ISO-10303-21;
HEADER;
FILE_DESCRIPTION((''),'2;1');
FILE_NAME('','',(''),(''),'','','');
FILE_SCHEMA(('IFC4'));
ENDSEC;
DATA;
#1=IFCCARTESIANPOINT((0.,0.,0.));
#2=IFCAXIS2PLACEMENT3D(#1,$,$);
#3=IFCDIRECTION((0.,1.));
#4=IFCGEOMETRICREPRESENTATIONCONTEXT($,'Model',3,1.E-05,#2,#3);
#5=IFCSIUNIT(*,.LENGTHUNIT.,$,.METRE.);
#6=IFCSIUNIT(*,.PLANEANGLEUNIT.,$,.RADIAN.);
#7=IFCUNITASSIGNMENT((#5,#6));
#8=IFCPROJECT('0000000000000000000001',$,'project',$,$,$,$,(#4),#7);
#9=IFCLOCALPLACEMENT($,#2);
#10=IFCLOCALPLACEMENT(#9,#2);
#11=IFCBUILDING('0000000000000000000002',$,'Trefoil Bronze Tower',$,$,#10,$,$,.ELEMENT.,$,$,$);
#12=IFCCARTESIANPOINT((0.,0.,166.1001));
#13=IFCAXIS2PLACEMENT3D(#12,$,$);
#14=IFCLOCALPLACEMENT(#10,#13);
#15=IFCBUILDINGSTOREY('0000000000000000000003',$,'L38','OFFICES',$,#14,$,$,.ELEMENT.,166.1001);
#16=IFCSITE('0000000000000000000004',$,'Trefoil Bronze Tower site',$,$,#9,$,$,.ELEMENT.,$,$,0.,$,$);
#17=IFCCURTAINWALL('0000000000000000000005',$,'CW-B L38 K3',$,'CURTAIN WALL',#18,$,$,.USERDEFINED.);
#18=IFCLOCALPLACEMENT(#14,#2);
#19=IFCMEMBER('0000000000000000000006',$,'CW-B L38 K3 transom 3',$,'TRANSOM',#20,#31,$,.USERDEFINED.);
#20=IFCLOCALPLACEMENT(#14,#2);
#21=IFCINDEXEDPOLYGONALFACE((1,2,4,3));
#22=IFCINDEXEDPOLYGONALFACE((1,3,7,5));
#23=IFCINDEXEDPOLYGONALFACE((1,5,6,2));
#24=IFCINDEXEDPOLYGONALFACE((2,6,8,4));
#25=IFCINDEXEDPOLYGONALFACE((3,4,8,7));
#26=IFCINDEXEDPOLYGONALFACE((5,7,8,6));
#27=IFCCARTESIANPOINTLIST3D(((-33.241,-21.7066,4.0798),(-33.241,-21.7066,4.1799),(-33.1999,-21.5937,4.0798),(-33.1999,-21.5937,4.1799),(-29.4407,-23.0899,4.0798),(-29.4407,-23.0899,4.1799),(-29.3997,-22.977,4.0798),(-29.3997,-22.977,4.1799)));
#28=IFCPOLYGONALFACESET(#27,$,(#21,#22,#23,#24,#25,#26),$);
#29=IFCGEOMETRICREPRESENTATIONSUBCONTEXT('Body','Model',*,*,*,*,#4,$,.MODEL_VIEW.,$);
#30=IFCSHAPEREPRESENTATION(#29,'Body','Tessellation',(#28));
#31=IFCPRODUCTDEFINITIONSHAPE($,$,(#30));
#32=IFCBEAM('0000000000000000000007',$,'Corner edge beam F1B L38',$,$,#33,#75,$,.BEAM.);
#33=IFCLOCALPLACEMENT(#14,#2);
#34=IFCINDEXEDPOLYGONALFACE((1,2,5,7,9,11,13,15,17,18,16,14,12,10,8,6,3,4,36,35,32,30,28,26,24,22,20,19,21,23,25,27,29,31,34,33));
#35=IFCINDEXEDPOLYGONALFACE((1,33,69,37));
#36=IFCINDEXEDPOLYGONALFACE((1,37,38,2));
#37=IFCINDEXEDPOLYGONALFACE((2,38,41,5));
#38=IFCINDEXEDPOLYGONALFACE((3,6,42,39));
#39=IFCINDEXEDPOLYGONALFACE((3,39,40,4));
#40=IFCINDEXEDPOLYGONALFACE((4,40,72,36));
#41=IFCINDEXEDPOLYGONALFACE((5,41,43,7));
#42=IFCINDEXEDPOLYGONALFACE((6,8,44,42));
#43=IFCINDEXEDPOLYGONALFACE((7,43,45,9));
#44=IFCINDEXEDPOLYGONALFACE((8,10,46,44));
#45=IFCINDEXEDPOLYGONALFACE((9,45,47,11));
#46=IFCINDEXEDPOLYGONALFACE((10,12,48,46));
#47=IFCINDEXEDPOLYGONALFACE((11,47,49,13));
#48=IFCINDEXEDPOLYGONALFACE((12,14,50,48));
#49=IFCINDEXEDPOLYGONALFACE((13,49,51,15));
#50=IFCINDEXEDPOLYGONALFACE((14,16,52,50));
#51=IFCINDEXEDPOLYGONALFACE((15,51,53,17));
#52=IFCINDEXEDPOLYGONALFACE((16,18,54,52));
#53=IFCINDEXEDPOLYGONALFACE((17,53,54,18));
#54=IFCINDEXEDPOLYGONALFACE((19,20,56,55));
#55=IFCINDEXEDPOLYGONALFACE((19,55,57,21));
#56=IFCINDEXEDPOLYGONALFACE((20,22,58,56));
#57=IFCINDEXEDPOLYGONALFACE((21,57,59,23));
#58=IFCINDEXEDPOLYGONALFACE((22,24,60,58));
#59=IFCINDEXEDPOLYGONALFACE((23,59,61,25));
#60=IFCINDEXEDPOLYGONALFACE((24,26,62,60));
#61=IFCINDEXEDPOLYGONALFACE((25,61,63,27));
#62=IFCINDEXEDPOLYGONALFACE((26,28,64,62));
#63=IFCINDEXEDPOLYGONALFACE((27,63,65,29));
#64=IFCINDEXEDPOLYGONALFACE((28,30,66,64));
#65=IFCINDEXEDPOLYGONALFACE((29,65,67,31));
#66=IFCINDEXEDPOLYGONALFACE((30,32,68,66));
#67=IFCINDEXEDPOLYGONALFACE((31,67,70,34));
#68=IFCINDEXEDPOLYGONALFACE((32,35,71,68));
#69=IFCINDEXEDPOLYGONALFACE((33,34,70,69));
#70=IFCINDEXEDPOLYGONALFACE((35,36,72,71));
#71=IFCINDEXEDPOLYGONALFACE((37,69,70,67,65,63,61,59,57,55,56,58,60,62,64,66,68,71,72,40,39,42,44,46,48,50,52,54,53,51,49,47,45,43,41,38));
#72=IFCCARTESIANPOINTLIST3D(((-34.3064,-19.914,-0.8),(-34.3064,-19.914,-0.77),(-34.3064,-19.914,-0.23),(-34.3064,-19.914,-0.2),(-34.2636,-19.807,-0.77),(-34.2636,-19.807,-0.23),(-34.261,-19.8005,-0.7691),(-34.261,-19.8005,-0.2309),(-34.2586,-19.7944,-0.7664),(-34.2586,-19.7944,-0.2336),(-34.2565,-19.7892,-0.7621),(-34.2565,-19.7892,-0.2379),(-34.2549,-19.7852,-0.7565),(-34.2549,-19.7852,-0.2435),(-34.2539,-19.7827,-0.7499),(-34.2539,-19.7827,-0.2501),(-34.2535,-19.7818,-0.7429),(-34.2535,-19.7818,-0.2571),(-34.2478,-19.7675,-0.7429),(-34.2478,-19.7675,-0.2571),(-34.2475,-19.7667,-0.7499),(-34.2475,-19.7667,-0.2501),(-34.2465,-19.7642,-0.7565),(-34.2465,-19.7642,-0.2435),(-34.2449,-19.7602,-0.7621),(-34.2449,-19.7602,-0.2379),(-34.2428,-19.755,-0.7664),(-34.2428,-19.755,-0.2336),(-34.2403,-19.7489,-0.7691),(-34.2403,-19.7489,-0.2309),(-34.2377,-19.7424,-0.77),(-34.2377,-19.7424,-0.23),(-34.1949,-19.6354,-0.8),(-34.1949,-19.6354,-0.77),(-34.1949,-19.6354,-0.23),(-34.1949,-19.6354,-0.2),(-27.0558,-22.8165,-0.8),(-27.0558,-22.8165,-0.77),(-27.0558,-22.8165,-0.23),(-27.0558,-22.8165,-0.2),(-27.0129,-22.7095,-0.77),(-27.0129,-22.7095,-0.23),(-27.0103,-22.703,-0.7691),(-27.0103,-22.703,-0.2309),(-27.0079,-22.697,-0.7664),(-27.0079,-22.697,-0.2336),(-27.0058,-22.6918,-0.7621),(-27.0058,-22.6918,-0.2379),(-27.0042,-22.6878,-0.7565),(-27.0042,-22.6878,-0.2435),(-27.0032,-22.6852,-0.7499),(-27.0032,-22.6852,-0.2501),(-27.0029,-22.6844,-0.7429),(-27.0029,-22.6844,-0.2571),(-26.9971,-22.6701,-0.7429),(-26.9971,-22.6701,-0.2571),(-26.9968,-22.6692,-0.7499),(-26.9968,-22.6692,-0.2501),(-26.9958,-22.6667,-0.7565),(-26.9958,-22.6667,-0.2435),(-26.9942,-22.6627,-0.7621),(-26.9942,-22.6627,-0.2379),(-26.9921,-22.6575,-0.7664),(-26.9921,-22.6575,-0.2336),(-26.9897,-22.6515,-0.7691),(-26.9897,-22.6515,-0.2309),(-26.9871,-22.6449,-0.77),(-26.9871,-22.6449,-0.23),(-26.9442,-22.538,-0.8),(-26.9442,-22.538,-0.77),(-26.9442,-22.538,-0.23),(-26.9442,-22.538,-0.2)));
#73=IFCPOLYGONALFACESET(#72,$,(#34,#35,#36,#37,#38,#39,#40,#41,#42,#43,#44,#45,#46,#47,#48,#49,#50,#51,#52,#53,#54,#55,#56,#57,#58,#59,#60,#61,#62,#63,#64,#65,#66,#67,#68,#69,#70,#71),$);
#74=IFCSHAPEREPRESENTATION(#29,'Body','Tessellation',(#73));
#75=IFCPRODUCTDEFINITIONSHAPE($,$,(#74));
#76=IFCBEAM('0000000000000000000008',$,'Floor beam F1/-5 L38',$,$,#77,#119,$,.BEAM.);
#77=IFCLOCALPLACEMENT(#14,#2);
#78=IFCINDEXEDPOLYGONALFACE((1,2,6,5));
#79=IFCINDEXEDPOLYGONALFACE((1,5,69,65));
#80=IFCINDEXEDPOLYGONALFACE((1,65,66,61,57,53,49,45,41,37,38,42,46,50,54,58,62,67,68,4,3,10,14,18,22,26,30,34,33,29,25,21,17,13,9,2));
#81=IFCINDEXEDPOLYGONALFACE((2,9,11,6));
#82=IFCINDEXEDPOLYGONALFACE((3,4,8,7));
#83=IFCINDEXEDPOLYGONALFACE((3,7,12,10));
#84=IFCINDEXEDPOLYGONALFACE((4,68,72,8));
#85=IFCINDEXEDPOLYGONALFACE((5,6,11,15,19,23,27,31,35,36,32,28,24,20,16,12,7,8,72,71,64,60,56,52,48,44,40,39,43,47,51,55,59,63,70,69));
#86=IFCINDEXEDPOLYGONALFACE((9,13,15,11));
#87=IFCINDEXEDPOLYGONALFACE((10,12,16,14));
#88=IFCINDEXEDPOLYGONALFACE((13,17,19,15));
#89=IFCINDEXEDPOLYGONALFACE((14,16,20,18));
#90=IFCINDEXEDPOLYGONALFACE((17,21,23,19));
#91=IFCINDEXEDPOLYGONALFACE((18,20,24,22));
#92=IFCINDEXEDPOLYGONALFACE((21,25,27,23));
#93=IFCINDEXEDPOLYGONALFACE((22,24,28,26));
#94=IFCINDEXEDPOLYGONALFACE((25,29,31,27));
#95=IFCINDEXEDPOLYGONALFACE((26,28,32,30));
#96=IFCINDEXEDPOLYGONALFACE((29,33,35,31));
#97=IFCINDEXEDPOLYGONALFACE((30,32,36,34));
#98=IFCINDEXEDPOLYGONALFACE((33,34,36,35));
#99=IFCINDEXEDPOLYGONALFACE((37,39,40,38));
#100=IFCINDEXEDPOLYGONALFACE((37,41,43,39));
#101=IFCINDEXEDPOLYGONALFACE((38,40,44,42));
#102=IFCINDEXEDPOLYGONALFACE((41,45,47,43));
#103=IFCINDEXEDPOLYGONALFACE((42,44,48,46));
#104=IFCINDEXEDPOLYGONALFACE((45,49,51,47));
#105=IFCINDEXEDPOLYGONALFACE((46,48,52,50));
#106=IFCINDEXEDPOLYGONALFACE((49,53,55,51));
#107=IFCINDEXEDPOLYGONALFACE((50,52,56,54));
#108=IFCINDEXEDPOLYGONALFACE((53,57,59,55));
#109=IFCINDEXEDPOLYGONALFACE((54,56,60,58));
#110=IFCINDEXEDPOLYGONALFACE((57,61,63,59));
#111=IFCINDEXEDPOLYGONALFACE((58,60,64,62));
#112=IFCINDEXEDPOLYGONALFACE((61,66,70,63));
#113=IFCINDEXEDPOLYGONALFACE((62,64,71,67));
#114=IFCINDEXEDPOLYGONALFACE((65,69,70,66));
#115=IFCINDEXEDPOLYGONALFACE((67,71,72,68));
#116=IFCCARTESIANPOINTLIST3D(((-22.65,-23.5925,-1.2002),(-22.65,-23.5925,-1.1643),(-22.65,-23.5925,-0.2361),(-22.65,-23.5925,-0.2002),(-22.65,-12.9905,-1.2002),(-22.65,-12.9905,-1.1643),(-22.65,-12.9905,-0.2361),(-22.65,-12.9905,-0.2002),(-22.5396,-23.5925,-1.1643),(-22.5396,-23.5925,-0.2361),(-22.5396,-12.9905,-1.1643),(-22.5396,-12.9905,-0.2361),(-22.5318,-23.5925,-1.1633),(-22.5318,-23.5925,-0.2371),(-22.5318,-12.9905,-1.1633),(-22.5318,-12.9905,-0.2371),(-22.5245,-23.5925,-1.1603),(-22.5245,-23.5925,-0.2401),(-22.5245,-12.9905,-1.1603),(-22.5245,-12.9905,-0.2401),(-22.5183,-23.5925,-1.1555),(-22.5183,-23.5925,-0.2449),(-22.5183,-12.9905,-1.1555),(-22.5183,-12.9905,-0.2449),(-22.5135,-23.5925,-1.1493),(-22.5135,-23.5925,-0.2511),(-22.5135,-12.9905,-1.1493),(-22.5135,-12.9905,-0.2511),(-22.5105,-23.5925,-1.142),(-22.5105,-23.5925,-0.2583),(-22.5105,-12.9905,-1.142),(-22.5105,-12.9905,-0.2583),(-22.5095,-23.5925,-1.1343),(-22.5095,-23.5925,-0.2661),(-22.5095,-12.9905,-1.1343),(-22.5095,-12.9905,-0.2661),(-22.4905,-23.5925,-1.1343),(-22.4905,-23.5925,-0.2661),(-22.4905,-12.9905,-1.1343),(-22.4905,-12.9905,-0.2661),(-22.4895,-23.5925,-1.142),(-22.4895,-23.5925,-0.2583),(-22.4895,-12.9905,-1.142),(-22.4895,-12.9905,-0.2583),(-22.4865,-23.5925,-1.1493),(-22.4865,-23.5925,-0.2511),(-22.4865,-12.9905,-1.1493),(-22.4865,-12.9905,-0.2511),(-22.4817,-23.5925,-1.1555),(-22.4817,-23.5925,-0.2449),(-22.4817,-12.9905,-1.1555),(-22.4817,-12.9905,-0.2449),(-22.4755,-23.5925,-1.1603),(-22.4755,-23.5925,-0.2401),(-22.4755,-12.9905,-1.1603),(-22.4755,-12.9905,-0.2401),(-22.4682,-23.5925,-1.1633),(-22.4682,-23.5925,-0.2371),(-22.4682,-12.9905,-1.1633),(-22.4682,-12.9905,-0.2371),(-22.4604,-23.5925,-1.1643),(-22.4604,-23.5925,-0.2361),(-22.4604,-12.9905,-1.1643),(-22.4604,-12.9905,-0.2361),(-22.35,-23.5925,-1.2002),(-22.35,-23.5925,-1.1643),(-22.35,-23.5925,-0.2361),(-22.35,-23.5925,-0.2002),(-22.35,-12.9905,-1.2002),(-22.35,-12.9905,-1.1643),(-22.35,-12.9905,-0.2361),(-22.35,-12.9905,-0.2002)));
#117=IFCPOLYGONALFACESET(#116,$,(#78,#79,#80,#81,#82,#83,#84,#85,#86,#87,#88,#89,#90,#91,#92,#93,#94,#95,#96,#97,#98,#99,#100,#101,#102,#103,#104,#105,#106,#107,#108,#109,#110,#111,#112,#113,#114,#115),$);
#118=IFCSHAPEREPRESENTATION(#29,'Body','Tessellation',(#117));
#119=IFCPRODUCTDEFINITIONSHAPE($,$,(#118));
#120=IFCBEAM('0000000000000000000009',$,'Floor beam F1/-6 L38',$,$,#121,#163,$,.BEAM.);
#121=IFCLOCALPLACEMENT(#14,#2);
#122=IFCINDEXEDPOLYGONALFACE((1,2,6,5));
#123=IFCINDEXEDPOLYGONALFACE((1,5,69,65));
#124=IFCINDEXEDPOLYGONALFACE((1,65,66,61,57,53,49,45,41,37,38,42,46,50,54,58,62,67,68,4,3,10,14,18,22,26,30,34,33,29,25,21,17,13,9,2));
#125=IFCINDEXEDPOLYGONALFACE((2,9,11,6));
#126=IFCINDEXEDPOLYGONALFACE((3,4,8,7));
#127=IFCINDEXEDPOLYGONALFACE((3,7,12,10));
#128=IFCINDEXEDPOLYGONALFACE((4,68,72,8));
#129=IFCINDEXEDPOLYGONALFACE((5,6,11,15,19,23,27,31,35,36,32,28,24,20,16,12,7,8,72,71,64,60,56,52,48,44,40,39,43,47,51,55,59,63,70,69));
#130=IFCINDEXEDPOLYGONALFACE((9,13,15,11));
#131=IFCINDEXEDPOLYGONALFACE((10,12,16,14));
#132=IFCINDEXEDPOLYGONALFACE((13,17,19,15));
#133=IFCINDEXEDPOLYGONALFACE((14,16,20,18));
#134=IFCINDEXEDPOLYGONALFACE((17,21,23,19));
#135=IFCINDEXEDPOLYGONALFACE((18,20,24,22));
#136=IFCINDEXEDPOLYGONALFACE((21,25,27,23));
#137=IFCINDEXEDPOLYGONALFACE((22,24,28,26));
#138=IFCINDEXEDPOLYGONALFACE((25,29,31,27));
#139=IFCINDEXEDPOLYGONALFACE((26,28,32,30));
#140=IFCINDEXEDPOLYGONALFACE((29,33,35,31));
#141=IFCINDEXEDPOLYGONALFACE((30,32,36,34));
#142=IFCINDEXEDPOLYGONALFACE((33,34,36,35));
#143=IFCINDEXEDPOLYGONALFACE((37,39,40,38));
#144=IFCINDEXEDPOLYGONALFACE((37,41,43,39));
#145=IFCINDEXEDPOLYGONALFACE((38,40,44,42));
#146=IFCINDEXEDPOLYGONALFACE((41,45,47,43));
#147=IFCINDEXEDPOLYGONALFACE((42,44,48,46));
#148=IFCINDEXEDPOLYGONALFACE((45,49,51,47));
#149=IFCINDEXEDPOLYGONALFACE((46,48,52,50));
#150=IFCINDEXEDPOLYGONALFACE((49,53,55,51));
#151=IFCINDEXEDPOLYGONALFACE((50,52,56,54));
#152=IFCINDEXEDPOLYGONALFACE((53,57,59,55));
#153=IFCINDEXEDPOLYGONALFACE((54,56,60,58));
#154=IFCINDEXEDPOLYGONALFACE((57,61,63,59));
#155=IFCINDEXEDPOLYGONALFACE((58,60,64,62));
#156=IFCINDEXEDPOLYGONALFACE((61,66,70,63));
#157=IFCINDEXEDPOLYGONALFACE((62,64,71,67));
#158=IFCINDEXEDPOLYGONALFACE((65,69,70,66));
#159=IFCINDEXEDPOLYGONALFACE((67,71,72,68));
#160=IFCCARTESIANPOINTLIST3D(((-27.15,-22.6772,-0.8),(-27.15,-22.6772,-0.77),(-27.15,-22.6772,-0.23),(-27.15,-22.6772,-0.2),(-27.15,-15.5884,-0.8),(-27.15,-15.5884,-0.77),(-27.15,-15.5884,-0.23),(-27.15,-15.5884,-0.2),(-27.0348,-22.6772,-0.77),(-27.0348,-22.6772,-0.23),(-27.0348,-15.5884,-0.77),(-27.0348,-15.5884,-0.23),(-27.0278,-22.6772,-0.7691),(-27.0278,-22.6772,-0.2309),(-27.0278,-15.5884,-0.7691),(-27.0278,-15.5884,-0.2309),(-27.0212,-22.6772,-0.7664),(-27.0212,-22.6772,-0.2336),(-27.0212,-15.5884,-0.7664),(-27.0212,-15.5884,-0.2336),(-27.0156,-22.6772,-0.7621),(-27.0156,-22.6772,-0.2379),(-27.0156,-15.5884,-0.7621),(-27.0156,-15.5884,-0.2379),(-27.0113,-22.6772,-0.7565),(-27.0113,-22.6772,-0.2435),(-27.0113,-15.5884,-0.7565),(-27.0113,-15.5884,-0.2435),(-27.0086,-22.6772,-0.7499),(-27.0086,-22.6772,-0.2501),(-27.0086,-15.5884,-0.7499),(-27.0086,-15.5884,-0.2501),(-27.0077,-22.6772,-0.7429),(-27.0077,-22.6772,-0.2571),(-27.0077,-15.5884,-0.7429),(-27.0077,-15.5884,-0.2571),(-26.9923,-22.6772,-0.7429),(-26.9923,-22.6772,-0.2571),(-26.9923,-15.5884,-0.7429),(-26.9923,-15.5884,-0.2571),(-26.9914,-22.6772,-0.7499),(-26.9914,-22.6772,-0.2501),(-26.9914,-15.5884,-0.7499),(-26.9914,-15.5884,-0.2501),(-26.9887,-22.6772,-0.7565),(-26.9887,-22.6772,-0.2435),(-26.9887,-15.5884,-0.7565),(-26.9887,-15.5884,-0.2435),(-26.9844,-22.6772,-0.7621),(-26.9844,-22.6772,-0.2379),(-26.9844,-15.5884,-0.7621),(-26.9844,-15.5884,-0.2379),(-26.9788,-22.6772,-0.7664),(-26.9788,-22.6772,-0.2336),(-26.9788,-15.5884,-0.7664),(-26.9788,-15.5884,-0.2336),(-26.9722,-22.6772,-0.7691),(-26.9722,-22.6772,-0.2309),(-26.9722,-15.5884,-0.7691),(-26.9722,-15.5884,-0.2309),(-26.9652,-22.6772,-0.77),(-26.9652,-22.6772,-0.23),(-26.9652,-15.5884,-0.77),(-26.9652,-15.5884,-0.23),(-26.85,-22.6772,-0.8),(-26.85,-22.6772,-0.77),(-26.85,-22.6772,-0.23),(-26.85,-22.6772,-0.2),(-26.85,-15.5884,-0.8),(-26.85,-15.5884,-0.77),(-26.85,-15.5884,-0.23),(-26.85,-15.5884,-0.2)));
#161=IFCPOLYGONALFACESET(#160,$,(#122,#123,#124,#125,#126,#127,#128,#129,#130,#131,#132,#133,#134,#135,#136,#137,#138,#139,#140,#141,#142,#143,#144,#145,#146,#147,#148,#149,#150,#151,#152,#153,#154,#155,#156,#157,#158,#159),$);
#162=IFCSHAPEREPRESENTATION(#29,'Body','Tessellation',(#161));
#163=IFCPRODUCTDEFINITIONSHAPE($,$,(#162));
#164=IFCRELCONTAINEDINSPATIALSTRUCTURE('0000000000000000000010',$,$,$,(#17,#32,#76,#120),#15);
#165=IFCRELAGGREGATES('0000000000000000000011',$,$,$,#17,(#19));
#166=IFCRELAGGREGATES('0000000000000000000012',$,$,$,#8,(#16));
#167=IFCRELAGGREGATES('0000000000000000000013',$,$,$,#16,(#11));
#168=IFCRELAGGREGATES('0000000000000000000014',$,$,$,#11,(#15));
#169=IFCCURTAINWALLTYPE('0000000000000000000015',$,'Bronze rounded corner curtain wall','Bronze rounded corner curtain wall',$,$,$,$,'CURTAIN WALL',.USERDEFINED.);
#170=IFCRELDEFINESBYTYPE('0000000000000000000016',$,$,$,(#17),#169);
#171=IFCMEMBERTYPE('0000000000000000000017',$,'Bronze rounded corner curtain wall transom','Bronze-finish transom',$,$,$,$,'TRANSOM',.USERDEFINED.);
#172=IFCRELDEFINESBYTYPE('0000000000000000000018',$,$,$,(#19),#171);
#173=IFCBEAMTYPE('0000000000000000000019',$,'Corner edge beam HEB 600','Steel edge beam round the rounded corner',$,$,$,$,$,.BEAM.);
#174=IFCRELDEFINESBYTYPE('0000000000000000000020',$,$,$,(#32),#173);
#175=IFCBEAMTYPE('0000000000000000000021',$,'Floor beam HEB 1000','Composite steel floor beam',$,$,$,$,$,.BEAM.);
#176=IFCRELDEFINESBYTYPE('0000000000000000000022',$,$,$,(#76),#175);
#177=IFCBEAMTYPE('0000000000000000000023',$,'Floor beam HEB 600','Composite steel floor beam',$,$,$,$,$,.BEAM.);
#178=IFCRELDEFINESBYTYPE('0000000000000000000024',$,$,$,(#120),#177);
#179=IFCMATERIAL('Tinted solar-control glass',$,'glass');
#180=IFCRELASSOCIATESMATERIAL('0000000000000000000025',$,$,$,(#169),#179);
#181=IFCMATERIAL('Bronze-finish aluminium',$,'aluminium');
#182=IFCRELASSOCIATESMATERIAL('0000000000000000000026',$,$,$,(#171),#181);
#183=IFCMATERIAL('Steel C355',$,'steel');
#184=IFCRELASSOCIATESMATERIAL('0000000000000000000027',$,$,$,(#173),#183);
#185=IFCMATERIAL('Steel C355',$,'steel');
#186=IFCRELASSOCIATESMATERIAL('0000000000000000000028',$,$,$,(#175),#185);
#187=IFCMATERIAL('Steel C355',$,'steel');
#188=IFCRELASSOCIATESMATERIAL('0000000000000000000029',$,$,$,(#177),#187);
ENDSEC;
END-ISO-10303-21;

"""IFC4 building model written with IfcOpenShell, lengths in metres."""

from ifc_helpers import new_model, si_unit, direction, frame, origin, origin_2d, place, context, subcontext, project, spatial, rectangle, i_section, extrude, material, material_profile, profile_set, type_object, element, aggregate, save


model = new_model("IFC4")

# Units and contexts
model_context = context("Model", 3, precision=1e-05, world=origin(), true_north=direction((0.0, 1.0)))
body_context = subcontext(model_context, "Body", "Model", "MODEL_VIEW")
ifc_project = project(units=[si_unit("LENGTHUNIT", "METRE"), si_unit("PLANEANGLEUNIT", "RADIAN")], contexts=[model_context])

# Site, building, storey
site_placement = place(None, origin())
site = spatial("IfcSite", under=ifc_project, at=site_placement, Name="Trefoil Bronze Tower site", CompositionType="ELEMENT", RefElevation=0.0)
building_placement = place(site_placement, origin())
building = spatial("IfcBuilding", under=site, at=building_placement, Name="Trefoil Bronze Tower", CompositionType="ELEMENT")
storey_placement = place(building_placement, frame((0.0, 0.0, 166.1001)))
storey = spatial("IfcBuildingStorey", under=building, at=storey_placement, Name="L38", Description="OFFICES", CompositionType="ELEMENT", Elevation=166.1001)

# Curtain wall, member
ifc_material_1 = material(Name="Tinted solar-control glass", Category="glass")
curtain_wall_type_1 = type_object("IfcCurtainWallType", Name="Bronze rounded corner curtain wall", Description="Bronze rounded corner curtain wall", ElementType="CURTAIN WALL", PredefinedType="USERDEFINED", material=ifc_material_1)
curtain_wall_1_placement = place(storey_placement, origin())
curtain_wall_1 = element("IfcCurtainWall", 1, at=curtain_wall_1_placement, inside=storey, type_object=curtain_wall_type_1, Name="CW-B L38 K3", ObjectType="CURTAIN WALL", PredefinedType="USERDEFINED")
ifc_material_2 = material(Name="Bronze-finish aluminium", Category="aluminium")
ifc_material_profile_1 = material_profile(ifc_material_2, rectangle(XDim=0.1201, YDim=0.1001, at=origin_2d()), Name="CW-B transom")
ifc_profile_set_1 = profile_set([ifc_material_profile_1], Name="Bronze-finish aluminium")
member_type_1 = type_object("IfcMemberType", Name="Bronze rounded corner curtain wall transom", Description="Bronze-finish transom", ElementType="TRANSOM", PredefinedType="USERDEFINED", material=ifc_profile_set_1)
member_1_placement = place(storey_placement, frame((-33.2205, -21.6501, 4.1299), z_axis=(0.939684, -0.342044, 0.0), x_axis=(0.342044, 0.939684, 0.0)))
member_1 = element("IfcMember", 2, at=member_1_placement, type_object=member_type_1, Name="CW-B L38 K3 transom 3", ObjectType="TRANSOM", PredefinedType="USERDEFINED", context=body_context, shape_type="SweptSolid", body=[
    extrude(rectangle(XDim=0.1201, YDim=0.1001, at=origin_2d()), origin(), (0.0, 0.0, 1.0), 4.0442),
])

# Beams
ifc_material_3 = material(Name="Steel C355", Category="steel")
ifc_material_profile_2 = material_profile(ifc_material_3, i_section(OverallWidth=0.3, OverallDepth=0.6001, WebThickness=0.0154, FlangeThickness=0.03, FilletRadius=0.0271, at=origin_2d()), Name="HEB 600")
ifc_profile_set_2 = profile_set([ifc_material_profile_2], Name="Steel C355")
beam_type_1 = type_object("IfcBeamType", Name="Corner edge beam HEB 600", Description="Steel edge beam round the rounded corner", PredefinedType="BEAM", material=ifc_profile_set_2)
beam_1_placement = place(storey_placement, frame((-27.0, -22.6772, -0.5), z_axis=(-0.928375, 0.371644, 0.0), x_axis=(-0.371644, -0.928375, 0.0)))
element("IfcBeam", 3, at=beam_1_placement, inside=storey, type_object=beam_type_1, Name="Corner edge beam F1B L38", PredefinedType="BEAM", context=body_context, shape_type="SweptSolid", body=[
    extrude(i_section(OverallWidth=0.3, OverallDepth=0.6001, WebThickness=0.0154, FlangeThickness=0.03, FilletRadius=0.0271, at=origin_2d()), origin(), (0.0, 0.0, 1.0), 7.8101),
])
ifc_material_4 = material(Name="Steel C355", Category="steel")
ifc_material_profile_3 = material_profile(ifc_material_4, i_section(OverallWidth=0.3, OverallDepth=1.0, WebThickness=0.019, FlangeThickness=0.0359, FilletRadius=0.03, at=origin_2d()), Name="HEB 1000")
ifc_profile_set_3 = profile_set([ifc_material_profile_3], Name="Steel C355")
beam_type_2 = type_object("IfcBeamType", Name="Floor beam HEB 1000", Description="Composite steel floor beam", PredefinedType="BEAM", material=ifc_profile_set_3)
beam_2_placement = place(storey_placement, frame((-22.5, -23.5925, -0.7002), z_axis=(0.0, 1.0, 0.0), x_axis=(-1.0, 0.0, 0.0)))
element("IfcBeam", 4, at=beam_2_placement, inside=storey, type_object=beam_type_2, Name="Floor beam F1/-5 L38", PredefinedType="BEAM", context=body_context, shape_type="SweptSolid", body=[
    extrude(i_section(OverallWidth=0.3, OverallDepth=1.0, WebThickness=0.019, FlangeThickness=0.0359, FilletRadius=0.03, at=origin_2d()), origin(), (0.0, 0.0, 1.0), 10.6021),
])
ifc_material_5 = material(Name="Steel C355", Category="steel")
ifc_material_profile_4 = material_profile(ifc_material_5, i_section(OverallWidth=0.3, OverallDepth=0.6001, WebThickness=0.0154, FlangeThickness=0.03, FilletRadius=0.0271, at=origin_2d()), Name="HEB 600")
ifc_profile_set_4 = profile_set([ifc_material_profile_4], Name="Steel C355")
beam_type_3 = type_object("IfcBeamType", Name="Floor beam HEB 600", Description="Composite steel floor beam", PredefinedType="BEAM", material=ifc_profile_set_4)
beam_3_placement = place(storey_placement, frame((-27.0, -22.6772, -0.5), z_axis=(0.0, 1.0, 0.0), x_axis=(-1.0, 0.0, 0.0)))
element("IfcBeam", 5, at=beam_3_placement, inside=storey, type_object=beam_type_3, Name="Floor beam F1/-6 L38", PredefinedType="BEAM", context=body_context, shape_type="SweptSolid", body=[
    extrude(i_section(OverallWidth=0.3, OverallDepth=0.6001, WebThickness=0.0154, FlangeThickness=0.03, FilletRadius=0.0271, at=origin_2d()), origin(), (0.0, 0.0, 1.0), 7.0889),
])

aggregate(curtain_wall_1, [member_1])

save(model, "model.ifc")
